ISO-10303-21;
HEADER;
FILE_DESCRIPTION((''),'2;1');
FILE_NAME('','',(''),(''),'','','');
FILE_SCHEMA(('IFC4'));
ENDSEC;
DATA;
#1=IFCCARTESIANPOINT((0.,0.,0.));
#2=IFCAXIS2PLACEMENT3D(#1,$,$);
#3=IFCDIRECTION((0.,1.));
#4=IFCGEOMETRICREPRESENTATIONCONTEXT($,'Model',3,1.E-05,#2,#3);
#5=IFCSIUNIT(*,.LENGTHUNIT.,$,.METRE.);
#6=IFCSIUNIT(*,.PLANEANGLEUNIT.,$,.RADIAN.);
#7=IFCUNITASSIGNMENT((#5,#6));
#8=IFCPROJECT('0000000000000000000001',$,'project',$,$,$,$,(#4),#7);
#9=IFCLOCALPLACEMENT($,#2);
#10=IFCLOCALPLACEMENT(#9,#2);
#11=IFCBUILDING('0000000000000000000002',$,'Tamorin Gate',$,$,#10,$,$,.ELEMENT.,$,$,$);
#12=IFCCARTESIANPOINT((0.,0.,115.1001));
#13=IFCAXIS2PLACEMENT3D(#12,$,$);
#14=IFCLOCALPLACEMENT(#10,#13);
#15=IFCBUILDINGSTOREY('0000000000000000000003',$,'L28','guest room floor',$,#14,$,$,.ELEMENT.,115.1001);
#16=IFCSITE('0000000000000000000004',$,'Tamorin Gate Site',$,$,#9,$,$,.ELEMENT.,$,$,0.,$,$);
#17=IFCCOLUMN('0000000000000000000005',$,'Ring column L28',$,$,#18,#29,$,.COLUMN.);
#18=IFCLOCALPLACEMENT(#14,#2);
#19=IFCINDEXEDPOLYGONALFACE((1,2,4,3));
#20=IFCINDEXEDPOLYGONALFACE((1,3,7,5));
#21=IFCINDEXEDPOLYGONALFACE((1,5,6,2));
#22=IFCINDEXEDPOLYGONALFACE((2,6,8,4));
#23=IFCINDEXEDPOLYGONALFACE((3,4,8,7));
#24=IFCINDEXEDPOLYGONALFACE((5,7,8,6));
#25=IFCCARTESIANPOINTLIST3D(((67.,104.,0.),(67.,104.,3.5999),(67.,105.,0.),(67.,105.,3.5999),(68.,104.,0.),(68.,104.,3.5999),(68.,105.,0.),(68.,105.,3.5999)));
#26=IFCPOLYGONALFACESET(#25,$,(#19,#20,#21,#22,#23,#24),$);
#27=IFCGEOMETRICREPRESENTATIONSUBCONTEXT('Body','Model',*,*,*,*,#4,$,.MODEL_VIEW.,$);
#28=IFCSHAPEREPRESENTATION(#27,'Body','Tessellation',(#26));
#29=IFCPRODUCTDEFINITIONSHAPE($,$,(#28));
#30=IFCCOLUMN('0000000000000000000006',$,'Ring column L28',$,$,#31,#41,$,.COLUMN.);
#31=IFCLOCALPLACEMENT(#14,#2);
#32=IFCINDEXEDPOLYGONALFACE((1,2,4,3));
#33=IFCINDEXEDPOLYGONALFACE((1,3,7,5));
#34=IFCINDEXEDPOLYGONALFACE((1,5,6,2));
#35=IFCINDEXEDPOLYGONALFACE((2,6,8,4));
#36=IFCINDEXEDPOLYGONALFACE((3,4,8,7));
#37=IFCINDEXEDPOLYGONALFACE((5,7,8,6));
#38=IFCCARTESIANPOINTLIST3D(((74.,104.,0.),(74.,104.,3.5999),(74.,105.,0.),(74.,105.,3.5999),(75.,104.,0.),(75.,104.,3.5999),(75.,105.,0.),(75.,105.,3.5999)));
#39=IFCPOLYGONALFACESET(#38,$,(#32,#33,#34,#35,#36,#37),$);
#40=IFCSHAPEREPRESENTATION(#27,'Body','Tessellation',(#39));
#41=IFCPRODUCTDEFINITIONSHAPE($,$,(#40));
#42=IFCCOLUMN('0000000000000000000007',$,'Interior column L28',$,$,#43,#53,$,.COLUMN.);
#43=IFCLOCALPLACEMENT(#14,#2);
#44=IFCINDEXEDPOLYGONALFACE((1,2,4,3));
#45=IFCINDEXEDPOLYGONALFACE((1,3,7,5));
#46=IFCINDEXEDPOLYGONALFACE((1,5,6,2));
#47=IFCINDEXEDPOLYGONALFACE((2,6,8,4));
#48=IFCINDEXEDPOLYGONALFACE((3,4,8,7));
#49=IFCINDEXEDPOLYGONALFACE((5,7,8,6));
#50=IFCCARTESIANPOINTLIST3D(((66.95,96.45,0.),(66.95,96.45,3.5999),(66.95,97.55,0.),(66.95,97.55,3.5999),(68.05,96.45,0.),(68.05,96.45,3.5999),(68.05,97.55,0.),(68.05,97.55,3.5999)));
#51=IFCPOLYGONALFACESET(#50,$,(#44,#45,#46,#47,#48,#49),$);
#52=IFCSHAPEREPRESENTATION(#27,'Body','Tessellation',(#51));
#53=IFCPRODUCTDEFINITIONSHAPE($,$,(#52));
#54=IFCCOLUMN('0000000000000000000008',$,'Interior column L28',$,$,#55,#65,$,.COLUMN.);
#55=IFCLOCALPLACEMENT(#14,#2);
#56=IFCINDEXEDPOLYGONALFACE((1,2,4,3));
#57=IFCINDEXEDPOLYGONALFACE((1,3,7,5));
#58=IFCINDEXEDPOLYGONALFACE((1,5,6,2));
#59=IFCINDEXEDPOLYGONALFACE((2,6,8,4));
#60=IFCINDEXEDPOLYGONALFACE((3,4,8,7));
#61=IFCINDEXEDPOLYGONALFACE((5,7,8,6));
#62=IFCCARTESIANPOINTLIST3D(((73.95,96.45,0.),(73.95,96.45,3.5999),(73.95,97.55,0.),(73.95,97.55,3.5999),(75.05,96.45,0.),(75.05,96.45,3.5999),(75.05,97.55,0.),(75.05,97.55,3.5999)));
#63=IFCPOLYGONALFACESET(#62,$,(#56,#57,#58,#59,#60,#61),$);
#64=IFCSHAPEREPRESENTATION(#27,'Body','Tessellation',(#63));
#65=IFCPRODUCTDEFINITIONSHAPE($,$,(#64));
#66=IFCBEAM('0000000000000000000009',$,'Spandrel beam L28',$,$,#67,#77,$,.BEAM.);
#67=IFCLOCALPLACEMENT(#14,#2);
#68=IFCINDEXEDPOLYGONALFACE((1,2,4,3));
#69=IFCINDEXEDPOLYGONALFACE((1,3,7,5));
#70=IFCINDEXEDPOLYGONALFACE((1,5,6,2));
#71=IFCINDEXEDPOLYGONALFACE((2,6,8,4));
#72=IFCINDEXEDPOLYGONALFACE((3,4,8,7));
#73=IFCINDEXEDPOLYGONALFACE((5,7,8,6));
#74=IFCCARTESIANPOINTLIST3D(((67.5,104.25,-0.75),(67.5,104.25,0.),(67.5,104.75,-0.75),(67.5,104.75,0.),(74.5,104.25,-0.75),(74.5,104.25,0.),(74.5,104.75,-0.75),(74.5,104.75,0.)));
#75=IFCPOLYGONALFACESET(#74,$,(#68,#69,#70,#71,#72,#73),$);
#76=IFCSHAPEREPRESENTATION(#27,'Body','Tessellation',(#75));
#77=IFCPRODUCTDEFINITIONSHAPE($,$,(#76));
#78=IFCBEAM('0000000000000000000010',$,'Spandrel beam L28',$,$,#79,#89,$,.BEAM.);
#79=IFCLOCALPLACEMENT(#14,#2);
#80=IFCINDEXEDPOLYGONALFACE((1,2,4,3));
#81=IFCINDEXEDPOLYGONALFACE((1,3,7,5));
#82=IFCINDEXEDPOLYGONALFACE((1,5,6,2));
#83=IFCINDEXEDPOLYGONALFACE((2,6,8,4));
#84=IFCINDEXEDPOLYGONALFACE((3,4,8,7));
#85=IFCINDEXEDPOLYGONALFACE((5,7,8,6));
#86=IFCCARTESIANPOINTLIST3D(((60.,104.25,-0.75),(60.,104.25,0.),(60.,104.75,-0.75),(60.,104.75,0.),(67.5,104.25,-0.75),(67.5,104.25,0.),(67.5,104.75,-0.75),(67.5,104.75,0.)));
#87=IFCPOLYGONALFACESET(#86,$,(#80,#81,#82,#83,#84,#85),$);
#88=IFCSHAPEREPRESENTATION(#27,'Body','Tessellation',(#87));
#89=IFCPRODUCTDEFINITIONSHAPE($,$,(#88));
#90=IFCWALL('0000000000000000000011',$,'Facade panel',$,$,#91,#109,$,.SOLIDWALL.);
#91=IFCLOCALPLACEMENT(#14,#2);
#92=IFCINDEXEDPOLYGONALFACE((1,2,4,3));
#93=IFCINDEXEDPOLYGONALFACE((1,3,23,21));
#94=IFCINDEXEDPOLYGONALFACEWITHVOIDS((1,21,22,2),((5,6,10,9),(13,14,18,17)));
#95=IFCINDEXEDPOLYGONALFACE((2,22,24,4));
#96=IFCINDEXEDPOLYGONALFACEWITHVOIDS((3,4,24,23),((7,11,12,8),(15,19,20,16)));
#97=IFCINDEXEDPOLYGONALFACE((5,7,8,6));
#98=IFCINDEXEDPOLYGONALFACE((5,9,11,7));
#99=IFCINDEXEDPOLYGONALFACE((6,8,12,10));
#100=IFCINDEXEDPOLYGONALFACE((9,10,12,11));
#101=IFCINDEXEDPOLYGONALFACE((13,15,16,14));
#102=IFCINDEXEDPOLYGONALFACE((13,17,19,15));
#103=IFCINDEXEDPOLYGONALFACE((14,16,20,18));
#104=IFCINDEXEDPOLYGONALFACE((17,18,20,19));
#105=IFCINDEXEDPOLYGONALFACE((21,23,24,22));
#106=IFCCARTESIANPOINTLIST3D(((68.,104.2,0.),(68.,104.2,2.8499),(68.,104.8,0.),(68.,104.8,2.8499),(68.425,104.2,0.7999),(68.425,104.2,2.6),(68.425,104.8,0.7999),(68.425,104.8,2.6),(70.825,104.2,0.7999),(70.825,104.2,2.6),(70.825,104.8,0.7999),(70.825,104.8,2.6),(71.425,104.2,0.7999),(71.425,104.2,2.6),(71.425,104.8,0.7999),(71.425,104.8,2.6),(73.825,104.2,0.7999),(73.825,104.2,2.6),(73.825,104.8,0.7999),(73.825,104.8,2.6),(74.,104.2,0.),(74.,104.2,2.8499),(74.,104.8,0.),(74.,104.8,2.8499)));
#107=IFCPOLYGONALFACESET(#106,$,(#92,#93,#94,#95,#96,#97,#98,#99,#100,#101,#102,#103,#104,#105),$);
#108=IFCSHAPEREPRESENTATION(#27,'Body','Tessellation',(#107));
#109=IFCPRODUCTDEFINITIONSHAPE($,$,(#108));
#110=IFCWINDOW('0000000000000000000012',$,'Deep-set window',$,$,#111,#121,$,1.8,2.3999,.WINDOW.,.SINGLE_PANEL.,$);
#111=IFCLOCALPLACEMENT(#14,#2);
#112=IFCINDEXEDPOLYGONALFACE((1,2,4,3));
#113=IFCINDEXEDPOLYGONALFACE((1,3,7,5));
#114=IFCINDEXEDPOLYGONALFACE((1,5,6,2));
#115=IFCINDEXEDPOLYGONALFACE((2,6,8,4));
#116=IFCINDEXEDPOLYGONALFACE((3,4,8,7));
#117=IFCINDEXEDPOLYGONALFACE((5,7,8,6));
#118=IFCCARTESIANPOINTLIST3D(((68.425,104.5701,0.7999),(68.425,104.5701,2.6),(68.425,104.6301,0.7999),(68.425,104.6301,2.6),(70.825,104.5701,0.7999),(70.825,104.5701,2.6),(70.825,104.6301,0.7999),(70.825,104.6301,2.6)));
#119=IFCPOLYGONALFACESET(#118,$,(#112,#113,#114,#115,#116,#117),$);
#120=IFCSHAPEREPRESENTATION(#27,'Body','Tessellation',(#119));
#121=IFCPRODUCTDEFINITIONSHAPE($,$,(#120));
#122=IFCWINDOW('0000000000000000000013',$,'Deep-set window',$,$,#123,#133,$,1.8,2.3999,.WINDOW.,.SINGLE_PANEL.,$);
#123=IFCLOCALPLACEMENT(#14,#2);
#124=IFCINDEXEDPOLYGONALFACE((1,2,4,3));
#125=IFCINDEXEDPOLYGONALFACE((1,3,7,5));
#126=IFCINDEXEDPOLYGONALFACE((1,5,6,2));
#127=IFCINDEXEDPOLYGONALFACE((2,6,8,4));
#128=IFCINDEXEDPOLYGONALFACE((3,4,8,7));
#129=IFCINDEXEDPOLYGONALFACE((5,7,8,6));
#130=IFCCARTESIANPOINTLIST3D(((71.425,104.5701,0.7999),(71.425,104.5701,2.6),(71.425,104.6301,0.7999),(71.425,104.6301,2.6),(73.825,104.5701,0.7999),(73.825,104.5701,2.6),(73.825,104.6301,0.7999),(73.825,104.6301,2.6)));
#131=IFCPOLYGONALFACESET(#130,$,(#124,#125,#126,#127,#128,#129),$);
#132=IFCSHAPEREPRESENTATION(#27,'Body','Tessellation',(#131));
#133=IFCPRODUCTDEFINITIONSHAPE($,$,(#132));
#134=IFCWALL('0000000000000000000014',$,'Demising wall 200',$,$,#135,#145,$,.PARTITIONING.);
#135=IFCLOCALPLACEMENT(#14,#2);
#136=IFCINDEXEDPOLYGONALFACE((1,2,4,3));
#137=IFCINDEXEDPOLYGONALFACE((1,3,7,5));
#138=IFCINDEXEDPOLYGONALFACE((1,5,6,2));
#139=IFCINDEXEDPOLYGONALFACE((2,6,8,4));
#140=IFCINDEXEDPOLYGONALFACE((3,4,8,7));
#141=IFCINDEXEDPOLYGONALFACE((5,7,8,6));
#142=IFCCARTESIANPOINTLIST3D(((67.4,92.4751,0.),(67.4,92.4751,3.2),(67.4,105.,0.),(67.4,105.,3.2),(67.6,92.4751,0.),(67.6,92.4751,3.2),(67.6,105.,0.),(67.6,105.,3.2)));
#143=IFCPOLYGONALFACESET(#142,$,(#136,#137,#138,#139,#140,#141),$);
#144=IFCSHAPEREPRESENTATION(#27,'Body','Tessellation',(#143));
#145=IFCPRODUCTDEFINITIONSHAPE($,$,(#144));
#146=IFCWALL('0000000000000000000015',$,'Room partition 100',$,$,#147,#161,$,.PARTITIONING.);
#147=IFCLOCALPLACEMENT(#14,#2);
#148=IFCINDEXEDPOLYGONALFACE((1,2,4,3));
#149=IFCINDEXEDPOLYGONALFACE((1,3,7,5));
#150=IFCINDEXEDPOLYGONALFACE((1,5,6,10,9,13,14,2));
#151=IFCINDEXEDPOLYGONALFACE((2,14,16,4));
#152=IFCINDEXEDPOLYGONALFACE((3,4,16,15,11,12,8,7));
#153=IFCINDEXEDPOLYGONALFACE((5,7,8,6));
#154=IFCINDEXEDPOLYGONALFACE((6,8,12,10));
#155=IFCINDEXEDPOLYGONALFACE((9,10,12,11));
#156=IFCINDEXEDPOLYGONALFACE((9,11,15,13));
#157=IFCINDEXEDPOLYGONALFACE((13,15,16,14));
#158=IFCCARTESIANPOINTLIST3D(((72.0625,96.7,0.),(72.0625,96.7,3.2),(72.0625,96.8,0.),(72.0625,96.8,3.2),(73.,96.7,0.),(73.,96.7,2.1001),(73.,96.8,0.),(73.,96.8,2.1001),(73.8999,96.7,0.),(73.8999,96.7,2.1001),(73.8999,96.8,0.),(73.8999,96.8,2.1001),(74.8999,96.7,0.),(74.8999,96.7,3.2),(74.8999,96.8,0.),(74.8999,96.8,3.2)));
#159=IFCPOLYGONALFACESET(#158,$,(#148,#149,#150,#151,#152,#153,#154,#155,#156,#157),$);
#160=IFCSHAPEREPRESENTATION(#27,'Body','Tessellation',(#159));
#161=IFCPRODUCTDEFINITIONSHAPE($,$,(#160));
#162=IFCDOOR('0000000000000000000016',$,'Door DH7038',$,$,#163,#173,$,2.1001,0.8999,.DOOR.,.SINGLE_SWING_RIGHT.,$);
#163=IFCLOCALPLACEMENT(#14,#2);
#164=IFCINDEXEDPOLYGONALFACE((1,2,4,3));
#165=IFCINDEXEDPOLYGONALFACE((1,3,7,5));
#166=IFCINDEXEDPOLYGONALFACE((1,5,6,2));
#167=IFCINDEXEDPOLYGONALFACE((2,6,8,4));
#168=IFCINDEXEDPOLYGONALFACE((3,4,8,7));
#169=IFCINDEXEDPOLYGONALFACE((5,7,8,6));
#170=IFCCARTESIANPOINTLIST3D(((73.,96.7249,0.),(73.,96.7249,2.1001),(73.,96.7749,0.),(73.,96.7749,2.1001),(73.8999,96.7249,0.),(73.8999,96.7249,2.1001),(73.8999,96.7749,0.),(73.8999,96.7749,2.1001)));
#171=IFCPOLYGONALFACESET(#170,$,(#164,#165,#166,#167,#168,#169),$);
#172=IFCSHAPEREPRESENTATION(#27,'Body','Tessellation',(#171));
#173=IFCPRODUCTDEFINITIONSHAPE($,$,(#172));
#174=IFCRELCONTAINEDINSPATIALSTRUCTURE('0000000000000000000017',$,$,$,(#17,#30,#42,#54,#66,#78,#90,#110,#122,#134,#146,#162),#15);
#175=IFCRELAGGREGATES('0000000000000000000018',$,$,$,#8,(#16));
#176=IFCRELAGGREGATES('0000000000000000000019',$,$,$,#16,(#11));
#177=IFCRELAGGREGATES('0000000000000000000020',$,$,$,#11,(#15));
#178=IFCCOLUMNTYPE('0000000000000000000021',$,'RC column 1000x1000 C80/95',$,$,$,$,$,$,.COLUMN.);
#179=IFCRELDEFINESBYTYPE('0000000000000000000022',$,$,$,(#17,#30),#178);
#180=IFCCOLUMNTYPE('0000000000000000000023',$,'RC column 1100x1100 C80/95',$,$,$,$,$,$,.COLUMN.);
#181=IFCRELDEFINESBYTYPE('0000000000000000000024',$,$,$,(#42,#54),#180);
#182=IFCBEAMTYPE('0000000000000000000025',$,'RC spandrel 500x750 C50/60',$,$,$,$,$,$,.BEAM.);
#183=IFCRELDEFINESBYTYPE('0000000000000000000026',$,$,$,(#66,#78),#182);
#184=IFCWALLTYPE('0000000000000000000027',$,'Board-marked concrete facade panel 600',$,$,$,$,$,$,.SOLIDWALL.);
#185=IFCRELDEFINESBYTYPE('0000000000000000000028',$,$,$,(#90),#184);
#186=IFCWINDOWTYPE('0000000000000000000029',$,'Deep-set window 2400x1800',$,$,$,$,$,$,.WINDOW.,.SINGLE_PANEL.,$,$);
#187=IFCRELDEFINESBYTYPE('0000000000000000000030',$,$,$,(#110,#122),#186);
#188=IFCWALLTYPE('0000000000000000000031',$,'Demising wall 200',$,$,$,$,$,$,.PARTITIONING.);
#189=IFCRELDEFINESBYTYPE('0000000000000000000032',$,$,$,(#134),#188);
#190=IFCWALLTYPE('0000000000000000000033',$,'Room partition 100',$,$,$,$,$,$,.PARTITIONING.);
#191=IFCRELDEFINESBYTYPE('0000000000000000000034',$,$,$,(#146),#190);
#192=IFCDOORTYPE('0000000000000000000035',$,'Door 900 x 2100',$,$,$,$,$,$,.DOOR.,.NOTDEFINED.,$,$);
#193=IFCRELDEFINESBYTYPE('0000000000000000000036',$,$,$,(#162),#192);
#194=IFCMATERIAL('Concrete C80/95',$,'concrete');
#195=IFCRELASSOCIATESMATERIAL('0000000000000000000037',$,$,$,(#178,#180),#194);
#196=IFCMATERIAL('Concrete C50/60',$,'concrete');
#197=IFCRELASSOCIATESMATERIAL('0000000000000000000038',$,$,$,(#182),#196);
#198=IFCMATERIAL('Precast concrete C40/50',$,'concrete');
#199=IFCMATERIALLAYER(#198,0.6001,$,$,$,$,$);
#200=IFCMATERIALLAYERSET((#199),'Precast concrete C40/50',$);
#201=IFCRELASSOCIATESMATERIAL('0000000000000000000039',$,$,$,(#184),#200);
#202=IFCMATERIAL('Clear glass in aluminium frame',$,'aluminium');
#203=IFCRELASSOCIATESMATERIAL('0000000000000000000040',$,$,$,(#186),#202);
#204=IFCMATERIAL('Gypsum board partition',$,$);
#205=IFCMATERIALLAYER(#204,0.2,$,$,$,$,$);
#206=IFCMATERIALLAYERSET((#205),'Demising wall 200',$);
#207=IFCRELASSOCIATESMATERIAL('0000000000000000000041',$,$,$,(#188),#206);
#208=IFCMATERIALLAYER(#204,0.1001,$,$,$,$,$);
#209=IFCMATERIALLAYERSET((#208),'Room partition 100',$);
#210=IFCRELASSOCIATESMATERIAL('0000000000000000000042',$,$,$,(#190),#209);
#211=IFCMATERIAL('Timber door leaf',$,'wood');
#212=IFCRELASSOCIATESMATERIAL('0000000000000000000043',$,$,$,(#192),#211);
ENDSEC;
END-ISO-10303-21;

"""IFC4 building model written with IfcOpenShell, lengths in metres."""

from ifc_helpers import new_model, si_unit, direction, frame, frame_2d, origin, origin_2d, place, context, subcontext, project, spatial, rectangle, extrude, material, layer, layer_set, material_profile, profile_set, type_object, element, fill, save


model = new_model("IFC4")

# Units and contexts
model_context = context("Model", 3, precision=1e-05, world=origin(), true_north=direction((0.0, 1.0)))
body_context = subcontext(model_context, "Body", "Model", "MODEL_VIEW")
ifc_project = project(units=[si_unit("LENGTHUNIT", "METRE"), si_unit("PLANEANGLEUNIT", "RADIAN")], contexts=[model_context])

# Site, building, storey
site_placement = place(None, origin())
site = spatial("IfcSite", under=ifc_project, at=site_placement, Name="Tamorin Gate Site", CompositionType="ELEMENT", RefElevation=0.0)
building_placement = place(site_placement, origin())
building = spatial("IfcBuilding", under=site, at=building_placement, Name="Tamorin Gate", CompositionType="ELEMENT")
storey_placement = place(building_placement, frame((0.0, 0.0, 115.1001)))
storey = spatial("IfcBuildingStorey", under=building, at=storey_placement, Name="L28", Description="guest room floor", CompositionType="ELEMENT", Elevation=115.1001)

# Columns
ifc_material_1 = material(Name="Concrete C80/95", Category="concrete")
ifc_material_profile_1 = material_profile(ifc_material_1, rectangle(XDim=1.0, YDim=1.0, at=origin_2d()), Name="RC 1000x1000")
ifc_profile_set_1 = profile_set([ifc_material_profile_1], Name="Concrete C80/95")
column_type_1 = type_object("IfcColumnType", Name="RC column 1000x1000 C80/95", PredefinedType="COLUMN", material=ifc_profile_set_1)
for number, where, z_axis, x_axis, name in (
    (1, (67.5, 104.5, 0.0), (0.0, 0.0, 1.0), (1.0, 0.0, 0.0), "Ring column L28"),
    (2, (74.5, 104.5, 0.0), (0.0, 0.0, 1.0), (1.0, 0.0, 0.0), "Ring column L28"),
):
    element("IfcColumn", number, at=place(storey_placement, frame(where, z_axis=z_axis, x_axis=x_axis)), inside=storey, type_object=column_type_1, Name=name, PredefinedType="COLUMN", context=body_context, shape_type="SweptSolid", body=[
        extrude(rectangle(XDim=1.0, YDim=1.0, at=origin_2d()), origin(), (0.0, 0.0, 1.0), 3.5999),
    ])
ifc_material_profile_2 = material_profile(ifc_material_1, rectangle(XDim=1.1001, YDim=1.1001, at=origin_2d()), Name="RC 1100x1100")
ifc_profile_set_2 = profile_set([ifc_material_profile_2], Name="Concrete C80/95")
column_type_2 = type_object("IfcColumnType", Name="RC column 1100x1100 C80/95", PredefinedType="COLUMN", material=ifc_profile_set_2)
for number, where, z_axis, x_axis, name in (
    (3, (67.5, 97.0, 0.0), (0.0, 0.0, 1.0), (1.0, 0.0, 0.0), "Interior column L28"),
    (4, (74.5, 97.0, 0.0), (0.0, 0.0, 1.0), (1.0, 0.0, 0.0), "Interior column L28"),
):
    element("IfcColumn", number, at=place(storey_placement, frame(where, z_axis=z_axis, x_axis=x_axis)), inside=storey, type_object=column_type_2, Name=name, PredefinedType="COLUMN", context=body_context, shape_type="SweptSolid", body=[
        extrude(rectangle(XDim=1.1001, YDim=1.1001, at=origin_2d()), origin(), (0.0, 0.0, 1.0), 3.5999),
    ])

# Beams
ifc_material_2 = material(Name="Concrete C50/60", Category="concrete")
ifc_material_profile_3 = material_profile(ifc_material_2, rectangle(XDim=0.5, YDim=0.75, at=origin_2d()), Name="RC 500x750")
ifc_profile_set_3 = profile_set([ifc_material_profile_3], Name="Concrete C50/60")
beam_type = type_object("IfcBeamType", Name="RC spandrel 500x750 C50/60", PredefinedType="BEAM", material=ifc_profile_set_3)
beam_1_placement = place(storey_placement, frame((74.5, 104.5, -0.375), z_axis=(-1.0, 0.0, 0.0), x_axis=(0.0, -1.0, 0.0)))
element("IfcBeam", 5, at=beam_1_placement, inside=storey, type_object=beam_type, Name="Spandrel beam L28", PredefinedType="BEAM", context=body_context, shape_type="SweptSolid", body=[
    extrude(rectangle(XDim=0.5, YDim=0.75, at=origin_2d()), origin(), (0.0, 0.0, 1.0), 7.0),
])
beam_2_placement = place(storey_placement, frame((67.5, 104.5, -0.375), z_axis=(-1.0, 0.0, 0.0), x_axis=(0.0, -1.0, 0.0)))
element("IfcBeam", 6, at=beam_2_placement, inside=storey, type_object=beam_type, Name="Spandrel beam L28", PredefinedType="BEAM", context=body_context, shape_type="SweptSolid", body=[
    extrude(rectangle(XDim=0.5, YDim=0.75, at=origin_2d()), origin(), (0.0, 0.0, 1.0), 7.5),
])

# Wall, openings, windows
ifc_material_3 = material(Name="Precast concrete C40/50", Category="concrete")
ifc_layer_1 = layer(ifc_material_3, 0.6001)
ifc_layer_set_1 = layer_set([ifc_layer_1], Name="Precast concrete C40/50")
wall_type_1 = type_object("IfcWallType", Name="Board-marked concrete facade panel 600", PredefinedType="SOLIDWALL", material=ifc_layer_set_1)
wall_1_placement = place(storey_placement, frame((74.0, 104.5, 0.0), z_axis=(0.0, 0.0, 1.0), x_axis=(-1.0, 0.0, 0.0)))
wall_1 = element("IfcWall", 7, at=wall_1_placement, inside=storey, type_object=wall_type_1, Name="Facade panel", PredefinedType="SOLIDWALL", context=body_context, shape_type="SweptSolid", body=[
    extrude(rectangle(XDim=6.0, YDim=0.6001, at=frame_2d((3.0, 0.0))), origin(), (0.0, 0.0, 1.0), 2.8499),
])
opening_1_placement = place(wall_1_placement, frame((3.175, 0.0, 0.8)))
opening_1 = element("IfcOpeningElement", 8, at=opening_1_placement, cuts=wall_1, PredefinedType="OPENING", context=body_context, shape_type="SweptSolid", body=[
    extrude(rectangle(XDim=2.3999, YDim=1.8, at=frame_2d((1.2, 0.8999))), frame((0.0, 0.3101, 0.0), z_axis=(0.0, -1.0, 0.0), x_axis=(1.0, 0.0, 0.0)), (0.0, 0.0, 1.0), 0.6201),
])
opening_2_placement = place(wall_1_placement, frame((0.175, 0.0, 0.8)))
opening_2 = element("IfcOpeningElement", 9, at=opening_2_placement, cuts=wall_1, PredefinedType="OPENING", context=body_context, shape_type="SweptSolid", body=[
    extrude(rectangle(XDim=2.3999, YDim=1.8, at=frame_2d((1.2, 0.8999))), frame((0.0, 0.3101, 0.0), z_axis=(0.0, -1.0, 0.0), x_axis=(1.0, 0.0, 0.0)), (0.0, 0.0, 1.0), 0.6201),
])
ifc_material_4 = material(Name="Clear glass in aluminium frame", Category="aluminium")
window_type = type_object("IfcWindowType", Name="Deep-set window 2400x1800", PartitioningType="SINGLE_PANEL", PredefinedType="WINDOW", material=ifc_material_4)
window_1_placement = place(opening_1_placement, origin())
window_1 = element("IfcWindow", 10, at=window_1_placement, inside=storey, type_object=window_type, Name="Deep-set window", OverallHeight=1.8, OverallWidth=2.3999, PartitioningType="SINGLE_PANEL", PredefinedType="WINDOW", context=body_context, shape_type="SweptSolid", body=[
    extrude(rectangle(XDim=2.3999, YDim=1.8, at=frame_2d((1.2, 0.8999))), frame((0.0, -0.0701, 0.0), z_axis=(0.0, -1.0, 0.0), x_axis=(1.0, 0.0, 0.0)), (0.0, 0.0, 1.0), 0.0601),
])
fill(opening_1, window_1)
window_2_placement = place(opening_2_placement, origin())
window_2 = element("IfcWindow", 11, at=window_2_placement, inside=storey, type_object=window_type, Name="Deep-set window", OverallHeight=1.8, OverallWidth=2.3999, PartitioningType="SINGLE_PANEL", PredefinedType="WINDOW", context=body_context, shape_type="SweptSolid", body=[
    extrude(rectangle(XDim=2.3999, YDim=1.8, at=frame_2d((1.2, 0.8999))), frame((0.0, -0.0701, 0.0), z_axis=(0.0, -1.0, 0.0), x_axis=(1.0, 0.0, 0.0)), (0.0, 0.0, 1.0), 0.0601),
])
fill(opening_2, window_2)

# Wall
ifc_material_5 = material(Name="Gypsum board partition")
ifc_layer_2 = layer(ifc_material_5, 0.2)
ifc_layer_set_2 = layer_set([ifc_layer_2], Name="Demising wall 200")
wall_type_2 = type_object("IfcWallType", Name="Demising wall 200", PredefinedType="PARTITIONING", material=ifc_layer_set_2)
wall_2_placement = place(storey_placement, frame((67.5, 92.4751, 0.0), z_axis=(0.0, 0.0, 1.0), x_axis=(0.0, 1.0, 0.0)))
element("IfcWall", 12, at=wall_2_placement, inside=storey, type_object=wall_type_2, Name="Demising wall 200", PredefinedType="PARTITIONING", context=body_context, shape_type="SweptSolid", body=[
    extrude(rectangle(XDim=12.5249, YDim=0.2, at=frame_2d((6.2625, 0.0))), origin(), (0.0, 0.0, 1.0), 3.2),
])

# Wall, opening, door
ifc_layer_3 = layer(ifc_material_5, 0.1001)
ifc_layer_set_3 = layer_set([ifc_layer_3], Name="Room partition 100")
wall_type_3 = type_object("IfcWallType", Name="Room partition 100", PredefinedType="PARTITIONING", material=ifc_layer_set_3)
wall_3_placement = place(storey_placement, frame((72.0625, 96.75, 0.0), z_axis=(0.0, 0.0, 1.0), x_axis=(1.0, 0.0, 0.0)))
wall_3 = element("IfcWall", 13, at=wall_3_placement, inside=storey, type_object=wall_type_3, Name="Room partition 100", PredefinedType="PARTITIONING", context=body_context, shape_type="SweptSolid", body=[
    extrude(rectangle(XDim=2.8374, YDim=0.1001, at=frame_2d((1.4187, 0.0))), origin(), (0.0, 0.0, 1.0), 3.2),
])
opening_3_placement = place(wall_3_placement, frame((0.9375, 0.0, 0.0)))
opening_3 = element("IfcOpeningElement", 14, at=opening_3_placement, cuts=wall_3, PredefinedType="OPENING", context=body_context, shape_type="SweptSolid", body=[
    extrude(rectangle(XDim=0.8999, YDim=2.1001, at=frame_2d((0.45, 1.05))), frame((0.0, 0.0601, 0.0), z_axis=(0.0, -1.0, 0.0), x_axis=(1.0, 0.0, 0.0)), (0.0, 0.0, 1.0), 0.1201),
])
ifc_material_6 = material(Name="Timber door leaf", Category="wood")
door_type = type_object("IfcDoorType", Name="Door 900 x 2100", OperationType="NOTDEFINED", PredefinedType="DOOR", material=ifc_material_6)
door_1_placement = place(opening_3_placement, origin())
door_1 = element("IfcDoor", 15, at=door_1_placement, inside=storey, type_object=door_type, Name="Door DH7038", OperationType="SINGLE_SWING_RIGHT", OverallHeight=2.1001, OverallWidth=0.8999, PredefinedType="DOOR", context=body_context, shape_type="SweptSolid", body=[
    extrude(rectangle(XDim=0.8999, YDim=2.1001, at=frame_2d((0.45, 1.05))), frame((0.0, 0.0249, 0.0), z_axis=(0.0, -1.0, 0.0), x_axis=(1.0, 0.0, 0.0)), (0.0, 0.0, 1.0), 0.05),
])
fill(opening_3, door_1)

save(model, "model.ifc")
